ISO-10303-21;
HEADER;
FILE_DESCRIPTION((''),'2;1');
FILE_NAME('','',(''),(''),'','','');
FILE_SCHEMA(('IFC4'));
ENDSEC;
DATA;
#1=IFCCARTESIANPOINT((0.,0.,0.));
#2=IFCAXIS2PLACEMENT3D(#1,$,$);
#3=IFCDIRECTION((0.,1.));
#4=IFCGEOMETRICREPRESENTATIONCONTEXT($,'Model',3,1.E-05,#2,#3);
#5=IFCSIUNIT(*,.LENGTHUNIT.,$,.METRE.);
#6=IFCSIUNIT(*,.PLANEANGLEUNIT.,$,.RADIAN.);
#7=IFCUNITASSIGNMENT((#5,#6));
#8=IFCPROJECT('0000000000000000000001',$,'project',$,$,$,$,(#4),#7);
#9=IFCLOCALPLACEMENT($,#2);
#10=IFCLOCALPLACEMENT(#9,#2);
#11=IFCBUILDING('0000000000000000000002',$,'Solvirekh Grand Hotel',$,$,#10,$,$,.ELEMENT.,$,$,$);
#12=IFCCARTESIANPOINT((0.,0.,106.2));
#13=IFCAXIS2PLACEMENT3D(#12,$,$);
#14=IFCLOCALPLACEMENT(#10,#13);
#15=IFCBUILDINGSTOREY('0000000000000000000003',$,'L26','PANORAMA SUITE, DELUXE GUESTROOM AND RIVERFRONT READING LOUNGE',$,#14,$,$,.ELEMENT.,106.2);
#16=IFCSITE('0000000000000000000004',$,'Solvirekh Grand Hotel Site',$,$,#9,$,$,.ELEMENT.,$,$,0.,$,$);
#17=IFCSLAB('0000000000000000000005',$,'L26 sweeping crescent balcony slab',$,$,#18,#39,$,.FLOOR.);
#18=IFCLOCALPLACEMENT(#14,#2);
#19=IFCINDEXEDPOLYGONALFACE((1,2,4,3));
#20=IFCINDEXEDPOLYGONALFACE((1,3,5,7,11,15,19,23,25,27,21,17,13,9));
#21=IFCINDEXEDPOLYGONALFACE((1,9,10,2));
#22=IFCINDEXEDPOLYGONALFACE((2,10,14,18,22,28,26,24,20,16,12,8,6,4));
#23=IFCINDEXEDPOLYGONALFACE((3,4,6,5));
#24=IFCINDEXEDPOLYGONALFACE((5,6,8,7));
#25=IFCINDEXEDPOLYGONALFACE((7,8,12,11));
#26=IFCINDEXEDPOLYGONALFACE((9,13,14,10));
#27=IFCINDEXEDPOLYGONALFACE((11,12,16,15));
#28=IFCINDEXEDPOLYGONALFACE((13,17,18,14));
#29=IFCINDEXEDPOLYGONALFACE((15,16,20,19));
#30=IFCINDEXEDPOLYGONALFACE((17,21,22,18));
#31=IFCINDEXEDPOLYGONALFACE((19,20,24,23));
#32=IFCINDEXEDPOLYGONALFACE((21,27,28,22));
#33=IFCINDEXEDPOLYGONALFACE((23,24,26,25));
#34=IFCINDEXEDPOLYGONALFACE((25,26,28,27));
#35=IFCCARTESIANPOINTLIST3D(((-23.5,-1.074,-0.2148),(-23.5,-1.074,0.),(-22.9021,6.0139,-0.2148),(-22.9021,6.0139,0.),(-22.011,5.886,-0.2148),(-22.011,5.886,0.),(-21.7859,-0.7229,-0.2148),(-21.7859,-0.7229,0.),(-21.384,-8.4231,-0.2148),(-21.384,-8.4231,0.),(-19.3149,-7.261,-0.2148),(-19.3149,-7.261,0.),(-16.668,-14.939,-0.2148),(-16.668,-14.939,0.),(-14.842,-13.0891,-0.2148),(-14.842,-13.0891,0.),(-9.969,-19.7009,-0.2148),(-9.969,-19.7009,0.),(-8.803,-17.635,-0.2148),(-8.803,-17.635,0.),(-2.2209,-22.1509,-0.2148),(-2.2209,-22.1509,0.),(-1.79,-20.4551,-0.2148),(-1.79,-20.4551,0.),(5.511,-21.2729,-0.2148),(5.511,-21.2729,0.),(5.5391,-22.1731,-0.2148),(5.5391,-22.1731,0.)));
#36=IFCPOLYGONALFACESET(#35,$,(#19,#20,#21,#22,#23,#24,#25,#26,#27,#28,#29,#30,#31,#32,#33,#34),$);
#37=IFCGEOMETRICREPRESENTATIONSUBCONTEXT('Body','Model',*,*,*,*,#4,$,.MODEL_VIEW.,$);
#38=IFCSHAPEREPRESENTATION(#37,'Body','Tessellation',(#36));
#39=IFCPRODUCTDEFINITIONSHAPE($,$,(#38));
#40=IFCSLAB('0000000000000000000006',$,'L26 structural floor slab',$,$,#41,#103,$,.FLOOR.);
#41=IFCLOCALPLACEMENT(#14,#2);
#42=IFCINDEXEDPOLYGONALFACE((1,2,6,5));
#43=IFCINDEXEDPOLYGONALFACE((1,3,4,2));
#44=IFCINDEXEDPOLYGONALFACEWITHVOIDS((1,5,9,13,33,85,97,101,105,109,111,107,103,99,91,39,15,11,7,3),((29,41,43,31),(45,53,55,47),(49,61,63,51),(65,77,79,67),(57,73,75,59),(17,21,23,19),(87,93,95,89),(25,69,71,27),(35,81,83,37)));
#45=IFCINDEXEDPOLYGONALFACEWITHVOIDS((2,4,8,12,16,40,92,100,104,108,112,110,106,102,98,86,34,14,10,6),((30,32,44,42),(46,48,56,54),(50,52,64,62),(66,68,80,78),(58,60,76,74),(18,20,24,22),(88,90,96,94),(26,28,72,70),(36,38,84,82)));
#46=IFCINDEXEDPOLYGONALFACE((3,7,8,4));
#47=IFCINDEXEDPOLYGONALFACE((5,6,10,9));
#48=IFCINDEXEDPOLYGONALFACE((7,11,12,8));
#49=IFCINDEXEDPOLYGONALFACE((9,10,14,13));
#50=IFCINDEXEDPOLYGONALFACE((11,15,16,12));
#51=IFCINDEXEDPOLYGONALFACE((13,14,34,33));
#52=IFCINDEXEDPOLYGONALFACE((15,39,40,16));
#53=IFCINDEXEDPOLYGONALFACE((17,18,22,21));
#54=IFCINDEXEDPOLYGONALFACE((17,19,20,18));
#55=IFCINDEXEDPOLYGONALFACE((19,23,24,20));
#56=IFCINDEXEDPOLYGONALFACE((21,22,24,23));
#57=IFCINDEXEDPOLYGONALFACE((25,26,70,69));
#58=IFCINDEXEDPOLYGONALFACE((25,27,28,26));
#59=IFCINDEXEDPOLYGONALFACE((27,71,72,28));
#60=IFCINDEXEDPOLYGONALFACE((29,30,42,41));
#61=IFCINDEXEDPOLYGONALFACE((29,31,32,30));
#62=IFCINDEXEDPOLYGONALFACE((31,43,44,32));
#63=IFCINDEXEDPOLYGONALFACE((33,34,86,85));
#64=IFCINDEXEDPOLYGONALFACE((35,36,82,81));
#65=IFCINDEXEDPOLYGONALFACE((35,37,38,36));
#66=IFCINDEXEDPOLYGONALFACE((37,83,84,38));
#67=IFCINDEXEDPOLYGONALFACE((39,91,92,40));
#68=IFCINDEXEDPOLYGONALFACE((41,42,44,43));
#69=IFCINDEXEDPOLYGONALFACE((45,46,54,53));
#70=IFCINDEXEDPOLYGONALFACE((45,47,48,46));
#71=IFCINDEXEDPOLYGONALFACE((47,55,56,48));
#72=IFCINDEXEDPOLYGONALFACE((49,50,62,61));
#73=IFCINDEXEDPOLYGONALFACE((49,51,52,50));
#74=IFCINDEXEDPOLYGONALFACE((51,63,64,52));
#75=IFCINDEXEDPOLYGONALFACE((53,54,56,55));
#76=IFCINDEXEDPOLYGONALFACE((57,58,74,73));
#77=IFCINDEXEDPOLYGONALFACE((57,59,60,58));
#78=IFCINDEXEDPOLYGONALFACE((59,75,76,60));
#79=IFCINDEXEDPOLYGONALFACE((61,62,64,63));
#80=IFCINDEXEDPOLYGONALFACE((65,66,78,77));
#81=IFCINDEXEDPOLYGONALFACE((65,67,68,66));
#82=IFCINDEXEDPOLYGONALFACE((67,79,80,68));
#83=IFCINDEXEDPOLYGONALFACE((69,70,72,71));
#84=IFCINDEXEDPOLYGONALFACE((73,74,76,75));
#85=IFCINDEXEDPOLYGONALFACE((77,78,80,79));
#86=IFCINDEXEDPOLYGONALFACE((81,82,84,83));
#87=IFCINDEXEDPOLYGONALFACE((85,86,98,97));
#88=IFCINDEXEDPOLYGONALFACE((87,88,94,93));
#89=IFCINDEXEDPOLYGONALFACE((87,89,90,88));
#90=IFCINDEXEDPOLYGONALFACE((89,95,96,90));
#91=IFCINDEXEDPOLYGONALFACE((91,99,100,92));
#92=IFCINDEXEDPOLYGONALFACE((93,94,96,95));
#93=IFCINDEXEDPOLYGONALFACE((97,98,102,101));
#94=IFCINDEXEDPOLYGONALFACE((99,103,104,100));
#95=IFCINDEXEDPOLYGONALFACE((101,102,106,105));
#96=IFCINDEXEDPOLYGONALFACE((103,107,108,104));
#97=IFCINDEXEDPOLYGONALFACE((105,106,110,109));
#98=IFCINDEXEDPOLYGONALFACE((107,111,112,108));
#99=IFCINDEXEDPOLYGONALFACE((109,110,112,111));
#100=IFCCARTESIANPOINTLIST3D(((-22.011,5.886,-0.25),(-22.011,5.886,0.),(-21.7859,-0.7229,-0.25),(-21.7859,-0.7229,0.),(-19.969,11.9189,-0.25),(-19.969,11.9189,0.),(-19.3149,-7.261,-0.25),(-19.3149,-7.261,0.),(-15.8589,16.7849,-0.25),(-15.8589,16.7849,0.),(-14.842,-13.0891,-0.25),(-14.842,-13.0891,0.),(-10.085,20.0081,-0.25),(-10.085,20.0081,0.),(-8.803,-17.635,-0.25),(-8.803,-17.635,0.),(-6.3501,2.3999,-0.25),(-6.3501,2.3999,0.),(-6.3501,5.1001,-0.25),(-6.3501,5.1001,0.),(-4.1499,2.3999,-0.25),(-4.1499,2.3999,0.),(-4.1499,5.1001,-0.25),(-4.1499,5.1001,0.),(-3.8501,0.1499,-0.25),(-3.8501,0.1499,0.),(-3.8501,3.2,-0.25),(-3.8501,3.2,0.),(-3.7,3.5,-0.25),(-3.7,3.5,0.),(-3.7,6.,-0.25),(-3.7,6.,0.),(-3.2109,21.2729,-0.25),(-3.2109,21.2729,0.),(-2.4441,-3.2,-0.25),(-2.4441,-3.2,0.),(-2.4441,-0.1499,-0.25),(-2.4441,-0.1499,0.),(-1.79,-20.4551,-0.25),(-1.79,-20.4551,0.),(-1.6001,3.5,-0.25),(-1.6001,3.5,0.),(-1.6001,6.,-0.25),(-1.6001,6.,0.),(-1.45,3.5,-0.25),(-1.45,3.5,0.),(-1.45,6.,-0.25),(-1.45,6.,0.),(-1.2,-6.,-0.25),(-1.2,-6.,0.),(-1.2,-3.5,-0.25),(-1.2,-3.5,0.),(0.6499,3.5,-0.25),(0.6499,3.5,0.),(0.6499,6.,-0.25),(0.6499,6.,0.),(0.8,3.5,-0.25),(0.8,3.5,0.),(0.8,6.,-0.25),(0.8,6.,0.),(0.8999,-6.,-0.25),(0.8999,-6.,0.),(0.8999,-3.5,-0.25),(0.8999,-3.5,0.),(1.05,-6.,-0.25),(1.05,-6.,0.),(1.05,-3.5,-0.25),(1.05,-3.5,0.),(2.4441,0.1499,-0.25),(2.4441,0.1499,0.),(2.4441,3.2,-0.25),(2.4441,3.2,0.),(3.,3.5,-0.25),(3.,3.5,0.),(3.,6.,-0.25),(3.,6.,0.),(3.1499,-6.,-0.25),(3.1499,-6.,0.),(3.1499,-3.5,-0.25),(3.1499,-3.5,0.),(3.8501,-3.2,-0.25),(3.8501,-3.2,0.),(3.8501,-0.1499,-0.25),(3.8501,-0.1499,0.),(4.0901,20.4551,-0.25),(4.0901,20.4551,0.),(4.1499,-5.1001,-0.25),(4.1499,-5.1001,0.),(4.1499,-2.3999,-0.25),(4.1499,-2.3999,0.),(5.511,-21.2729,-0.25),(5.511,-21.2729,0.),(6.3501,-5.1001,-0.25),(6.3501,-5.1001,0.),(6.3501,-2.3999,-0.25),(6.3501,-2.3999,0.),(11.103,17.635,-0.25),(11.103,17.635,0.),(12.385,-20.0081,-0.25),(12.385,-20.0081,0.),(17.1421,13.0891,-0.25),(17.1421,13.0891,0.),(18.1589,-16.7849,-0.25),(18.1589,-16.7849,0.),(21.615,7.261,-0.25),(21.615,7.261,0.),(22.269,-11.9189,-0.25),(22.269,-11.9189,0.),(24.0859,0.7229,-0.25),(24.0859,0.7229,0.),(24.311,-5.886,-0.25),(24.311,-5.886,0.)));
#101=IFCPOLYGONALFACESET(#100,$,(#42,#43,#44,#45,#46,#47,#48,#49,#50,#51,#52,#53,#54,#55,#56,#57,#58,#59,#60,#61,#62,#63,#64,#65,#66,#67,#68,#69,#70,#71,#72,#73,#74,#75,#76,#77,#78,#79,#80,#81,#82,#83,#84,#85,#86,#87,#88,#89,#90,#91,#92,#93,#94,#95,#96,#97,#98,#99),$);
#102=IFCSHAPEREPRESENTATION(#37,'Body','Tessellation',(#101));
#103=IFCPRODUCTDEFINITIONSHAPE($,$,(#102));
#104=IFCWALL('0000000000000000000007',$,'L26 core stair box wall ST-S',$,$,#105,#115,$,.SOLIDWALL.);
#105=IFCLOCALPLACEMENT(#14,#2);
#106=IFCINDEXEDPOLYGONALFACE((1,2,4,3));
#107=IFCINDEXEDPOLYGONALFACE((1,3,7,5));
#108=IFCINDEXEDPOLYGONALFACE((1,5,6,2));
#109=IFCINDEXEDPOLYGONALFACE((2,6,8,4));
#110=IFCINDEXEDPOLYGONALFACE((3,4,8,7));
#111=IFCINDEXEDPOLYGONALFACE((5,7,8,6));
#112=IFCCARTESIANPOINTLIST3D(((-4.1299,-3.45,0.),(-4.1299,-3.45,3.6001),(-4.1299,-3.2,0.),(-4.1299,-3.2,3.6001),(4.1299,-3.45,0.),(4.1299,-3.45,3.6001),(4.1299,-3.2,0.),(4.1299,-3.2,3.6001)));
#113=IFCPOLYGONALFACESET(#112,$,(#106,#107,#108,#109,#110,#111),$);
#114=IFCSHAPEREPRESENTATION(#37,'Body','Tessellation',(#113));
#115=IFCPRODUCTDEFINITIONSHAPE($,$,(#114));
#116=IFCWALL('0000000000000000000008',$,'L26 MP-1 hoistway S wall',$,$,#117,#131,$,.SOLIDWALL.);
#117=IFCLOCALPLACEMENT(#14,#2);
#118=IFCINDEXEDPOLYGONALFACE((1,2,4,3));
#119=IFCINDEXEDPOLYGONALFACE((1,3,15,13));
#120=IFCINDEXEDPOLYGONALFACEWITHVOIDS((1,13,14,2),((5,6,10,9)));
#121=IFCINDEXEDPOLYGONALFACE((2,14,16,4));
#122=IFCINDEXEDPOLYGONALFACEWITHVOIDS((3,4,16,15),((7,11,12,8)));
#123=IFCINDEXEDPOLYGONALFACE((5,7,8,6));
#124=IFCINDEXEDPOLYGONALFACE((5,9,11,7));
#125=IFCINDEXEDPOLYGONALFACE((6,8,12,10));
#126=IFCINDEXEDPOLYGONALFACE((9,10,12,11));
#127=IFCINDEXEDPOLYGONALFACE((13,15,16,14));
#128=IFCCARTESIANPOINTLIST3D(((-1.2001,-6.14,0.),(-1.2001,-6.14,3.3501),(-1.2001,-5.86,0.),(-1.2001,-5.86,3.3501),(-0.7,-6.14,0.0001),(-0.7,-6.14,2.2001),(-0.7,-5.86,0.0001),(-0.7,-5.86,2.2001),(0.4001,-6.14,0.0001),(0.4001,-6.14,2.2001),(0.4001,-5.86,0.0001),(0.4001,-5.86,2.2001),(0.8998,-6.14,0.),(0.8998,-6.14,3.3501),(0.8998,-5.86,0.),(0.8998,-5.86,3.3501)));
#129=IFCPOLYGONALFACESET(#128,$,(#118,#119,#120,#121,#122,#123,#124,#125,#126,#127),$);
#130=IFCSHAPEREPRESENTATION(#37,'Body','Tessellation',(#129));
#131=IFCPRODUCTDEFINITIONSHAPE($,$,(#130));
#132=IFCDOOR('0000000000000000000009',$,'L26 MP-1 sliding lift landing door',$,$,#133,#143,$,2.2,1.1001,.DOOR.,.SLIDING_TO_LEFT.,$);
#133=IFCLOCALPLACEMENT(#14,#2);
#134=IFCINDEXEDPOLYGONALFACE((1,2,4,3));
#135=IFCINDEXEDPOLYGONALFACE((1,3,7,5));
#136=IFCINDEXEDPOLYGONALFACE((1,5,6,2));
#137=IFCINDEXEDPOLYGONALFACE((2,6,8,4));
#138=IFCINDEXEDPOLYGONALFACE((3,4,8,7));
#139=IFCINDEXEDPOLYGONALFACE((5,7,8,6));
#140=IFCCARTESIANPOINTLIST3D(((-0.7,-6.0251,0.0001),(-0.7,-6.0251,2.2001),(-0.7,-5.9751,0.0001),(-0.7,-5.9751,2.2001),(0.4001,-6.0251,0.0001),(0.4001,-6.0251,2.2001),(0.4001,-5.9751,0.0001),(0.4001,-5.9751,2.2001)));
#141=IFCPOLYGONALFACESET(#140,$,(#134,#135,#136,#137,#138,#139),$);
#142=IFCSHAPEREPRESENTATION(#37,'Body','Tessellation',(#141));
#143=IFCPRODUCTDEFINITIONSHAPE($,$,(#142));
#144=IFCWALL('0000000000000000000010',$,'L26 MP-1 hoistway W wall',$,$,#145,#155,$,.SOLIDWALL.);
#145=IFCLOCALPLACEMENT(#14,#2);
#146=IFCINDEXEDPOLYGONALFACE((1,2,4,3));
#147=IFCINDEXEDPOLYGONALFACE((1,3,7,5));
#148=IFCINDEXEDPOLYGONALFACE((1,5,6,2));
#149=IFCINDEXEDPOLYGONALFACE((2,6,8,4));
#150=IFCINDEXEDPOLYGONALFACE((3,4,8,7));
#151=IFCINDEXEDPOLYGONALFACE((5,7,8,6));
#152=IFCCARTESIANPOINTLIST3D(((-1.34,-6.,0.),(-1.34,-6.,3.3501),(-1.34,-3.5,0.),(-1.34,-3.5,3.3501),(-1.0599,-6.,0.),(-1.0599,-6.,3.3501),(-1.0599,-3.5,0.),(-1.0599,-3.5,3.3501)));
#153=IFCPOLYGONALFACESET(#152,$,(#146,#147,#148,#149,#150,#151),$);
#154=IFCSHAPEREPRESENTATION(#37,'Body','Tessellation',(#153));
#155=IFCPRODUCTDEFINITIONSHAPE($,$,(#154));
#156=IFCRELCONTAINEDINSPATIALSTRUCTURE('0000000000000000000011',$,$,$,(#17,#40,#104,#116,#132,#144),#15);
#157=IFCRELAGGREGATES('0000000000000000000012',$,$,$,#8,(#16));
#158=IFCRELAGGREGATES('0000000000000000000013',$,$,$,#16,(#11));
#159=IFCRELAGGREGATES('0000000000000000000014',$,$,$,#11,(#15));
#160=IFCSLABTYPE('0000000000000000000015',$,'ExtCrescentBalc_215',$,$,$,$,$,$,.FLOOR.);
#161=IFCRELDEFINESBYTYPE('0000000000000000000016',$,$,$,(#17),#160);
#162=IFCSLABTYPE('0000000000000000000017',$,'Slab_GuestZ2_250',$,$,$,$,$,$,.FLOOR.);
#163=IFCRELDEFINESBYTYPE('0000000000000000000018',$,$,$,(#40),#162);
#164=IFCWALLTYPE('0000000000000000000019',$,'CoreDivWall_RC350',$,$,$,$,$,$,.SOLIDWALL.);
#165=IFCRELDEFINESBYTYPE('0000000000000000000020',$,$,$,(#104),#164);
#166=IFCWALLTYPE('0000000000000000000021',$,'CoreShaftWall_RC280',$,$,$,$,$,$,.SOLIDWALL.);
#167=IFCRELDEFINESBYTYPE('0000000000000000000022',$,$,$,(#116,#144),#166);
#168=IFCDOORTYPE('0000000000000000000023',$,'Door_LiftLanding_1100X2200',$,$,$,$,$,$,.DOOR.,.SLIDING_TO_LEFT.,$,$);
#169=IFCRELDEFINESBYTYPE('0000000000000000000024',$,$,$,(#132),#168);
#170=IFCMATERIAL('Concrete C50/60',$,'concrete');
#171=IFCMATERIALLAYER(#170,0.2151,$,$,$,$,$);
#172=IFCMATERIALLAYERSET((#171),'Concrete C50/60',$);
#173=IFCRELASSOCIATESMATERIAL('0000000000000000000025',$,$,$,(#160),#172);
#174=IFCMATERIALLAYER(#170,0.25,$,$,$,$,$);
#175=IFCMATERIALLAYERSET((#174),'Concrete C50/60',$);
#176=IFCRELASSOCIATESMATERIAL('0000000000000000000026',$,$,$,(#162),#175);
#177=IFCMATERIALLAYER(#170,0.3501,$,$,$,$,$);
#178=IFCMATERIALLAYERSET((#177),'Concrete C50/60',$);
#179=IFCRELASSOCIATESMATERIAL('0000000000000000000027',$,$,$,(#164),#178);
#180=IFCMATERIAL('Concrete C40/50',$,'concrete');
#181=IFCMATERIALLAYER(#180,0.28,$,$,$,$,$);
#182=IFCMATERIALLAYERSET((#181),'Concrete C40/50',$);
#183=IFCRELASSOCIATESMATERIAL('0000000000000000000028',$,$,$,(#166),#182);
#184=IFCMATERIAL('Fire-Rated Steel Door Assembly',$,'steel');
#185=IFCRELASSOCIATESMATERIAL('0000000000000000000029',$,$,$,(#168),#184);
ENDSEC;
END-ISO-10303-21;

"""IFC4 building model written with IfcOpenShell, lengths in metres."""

from ifc_helpers import new_model, si_unit, direction, frame, frame_2d, origin, place, context, subcontext, project, spatial, polyline, rectangle, outline, extrude, material, layer, layer_set, type_object, element, fill, save


model = new_model("IFC4")

# Units and contexts
model_context = context("Model", 3, precision=1e-05, world=origin(), true_north=direction((0.0, 1.0)))
body_context = subcontext(model_context, "Body", "Model", "MODEL_VIEW")
ifc_project = project(units=[si_unit("LENGTHUNIT", "METRE"), si_unit("PLANEANGLEUNIT", "RADIAN")], contexts=[model_context])

# Site, building, storey
site_placement = place(None, origin())
site = spatial("IfcSite", under=ifc_project, at=site_placement, Name="Solvirekh Grand Hotel Site", CompositionType="ELEMENT", RefElevation=0.0)
building_placement = place(site_placement, origin())
building = spatial("IfcBuilding", under=site, at=building_placement, Name="Solvirekh Grand Hotel", CompositionType="ELEMENT")
storey_placement = place(building_placement, frame((0.0, 0.0, 106.2)))
storey = spatial("IfcBuildingStorey", under=building, at=storey_placement, Name="L26", Description="PANORAMA SUITE, DELUXE GUESTROOM AND RIVERFRONT READING LOUNGE", CompositionType="ELEMENT", Elevation=106.2)

# Slabs
ifc_material_1 = material(Name="Concrete C50/60", Category="concrete")
ifc_layer_1 = layer(ifc_material_1, 0.2151)
ifc_layer_set_1 = layer_set([ifc_layer_1], Name="Concrete C50/60")
slab_type_1 = type_object("IfcSlabType", Name="ExtCrescentBalc_215", PredefinedType="FLOOR", material=ifc_layer_set_1)
slab_1_placement = place(storey_placement, frame((0.0, 0.0, -0.2148)))
element("IfcSlab", 1, at=slab_1_placement, inside=storey, type_object=slab_type_1, Name="L26 sweeping crescent balcony slab", PredefinedType="FLOOR", context=body_context, shape_type="SweptSolid", body=[
    extrude(outline(polyline([(-22.9021, 6.0139), (-23.5, -1.074), (-21.384, -8.4231), (-16.668, -14.939), (-9.969, -19.7009), (-2.2209, -22.1509), (5.5391, -22.1731), (5.511, -21.2729), (-1.79, -20.4551), (-8.803, -17.635), (-14.842, -13.0891), (-19.3149, -7.261), (-21.7859, -0.7229), (-22.011, 5.886), (-22.9021, 6.0139)])), origin(), (0.0, 0.0, 1.0), 0.2148),
])
ifc_layer_2 = layer(ifc_material_1, 0.25)
ifc_layer_set_2 = layer_set([ifc_layer_2], Name="Concrete C50/60")
slab_type_2 = type_object("IfcSlabType", Name="Slab_GuestZ2_250", PredefinedType="FLOOR", material=ifc_layer_set_2)
slab_2_placement = place(storey_placement, frame((0.0, 0.0, -0.25)))
element("IfcSlab", 2, at=slab_2_placement, inside=storey, type_object=slab_type_2, Name="L26 structural floor slab", PredefinedType="FLOOR", context=body_context, shape_type="SweptSolid", body=[
    extrude(outline(polyline([(22.269, -11.9189), (24.311, -5.886), (24.0859, 0.7229), (21.615, 7.261), (17.1421, 13.0891), (11.103, 17.635), (4.0901, 20.4551), (-3.2109, 21.2729), (-10.085, 20.0081), (-15.8589, 16.7849), (-19.969, 11.9189), (-22.011, 5.886), (-21.7859, -0.7229), (-19.3149, -7.261), (-14.842, -13.0891), (-8.803, -17.635), (-1.79, -20.4551), (5.511, -21.2729), (12.385, -20.0081), (18.1589, -16.7849), (22.269, -11.9189)]), holes=[polyline([(-2.4441, -0.1499), (3.8501, -0.1499), (3.8501, -3.2), (-2.4441, -3.2), (-2.4441, -0.1499)]), polyline([(2.4441, 0.1499), (-3.8501, 0.1499), (-3.8501, 3.2), (2.4441, 3.2), (2.4441, 0.1499)]), polyline([(-1.2, -3.5), (0.8999, -3.5), (0.8999, -6.0), (-1.2, -6.0), (-1.2, -3.5)]), polyline([(1.05, -3.5), (3.1499, -3.5), (3.1499, -6.0), (1.05, -6.0), (1.05, -3.5)]), polyline([(-3.7, 6.0), (-1.6001, 6.0), (-1.6001, 3.5), (-3.7, 3.5), (-3.7, 6.0)]), polyline([(-1.45, 6.0), (0.6499, 6.0), (0.6499, 3.5), (-1.45, 3.5), (-1.45, 6.0)]), polyline([(0.8, 6.0), (3.0, 6.0), (3.0, 3.5), (0.8, 3.5), (0.8, 6.0)]), polyline([(-6.3501, 5.1001), (-4.1499, 5.1001), (-4.1499, 2.3999), (-6.3501, 2.3999), (-6.3501, 5.1001)]), polyline([(4.1499, -2.3999), (6.3501, -2.3999), (6.3501, -5.1001), (4.1499, -5.1001), (4.1499, -2.3999)])]), origin(), (0.0, 0.0, 1.0), 0.25),
])

# Wall
ifc_layer_3 = layer(ifc_material_1, 0.3501)
ifc_layer_set_3 = layer_set([ifc_layer_3], Name="Concrete C50/60")
wall_type_1 = type_object("IfcWallType", Name="CoreDivWall_RC350", PredefinedType="SOLIDWALL", material=ifc_layer_set_3)
wall_1_placement = place(storey_placement, frame((-4.1299, -3.325, 0.0), z_axis=(0.0, 0.0, 1.0), x_axis=(1.0, 0.0, 0.0)))
element("IfcWall", 3, at=wall_1_placement, inside=storey, type_object=wall_type_1, Name="L26 core stair box wall ST-S", PredefinedType="SOLIDWALL", context=body_context, shape_type="SweptSolid", body=[
    extrude(rectangle(XDim=8.2598, YDim=0.25, at=frame_2d((4.1299, 0.0))), origin(), (0.0, 0.0, 1.0), 3.6001),
])

# Wall, opening, door
ifc_material_2 = material(Name="Concrete C40/50", Category="concrete")
ifc_layer_4 = layer(ifc_material_2, 0.28)
ifc_layer_set_4 = layer_set([ifc_layer_4], Name="Concrete C40/50")
wall_type_2 = type_object("IfcWallType", Name="CoreShaftWall_RC280", PredefinedType="SOLIDWALL", material=ifc_layer_set_4)
wall_2_placement = place(storey_placement, frame((-1.2, -6.0, 0.0), z_axis=(0.0, 0.0, 1.0), x_axis=(1.0, 0.0, 0.0)))
wall_2 = element("IfcWall", 4, at=wall_2_placement, inside=storey, type_object=wall_type_2, Name="L26 MP-1 hoistway S wall", PredefinedType="SOLIDWALL", context=body_context, shape_type="SweptSolid", body=[
    extrude(rectangle(XDim=2.0999, YDim=0.28, at=frame_2d((1.0498, 0.0))), origin(), (0.0, 0.0, 1.0), 3.3501),
])
opening_1_placement = place(wall_2_placement, frame((0.5, 0.0, 0.0)))
opening_1 = element("IfcOpeningElement", 5, at=opening_1_placement, cuts=wall_2, PredefinedType="OPENING", context=body_context, shape_type="SweptSolid", body=[
    extrude(rectangle(XDim=1.1001, YDim=2.2, at=frame_2d((0.55, 1.1001))), frame((0.0, 0.1499, 0.0), z_axis=(0.0, -1.0, 0.0), x_axis=(1.0, 0.0, 0.0)), (0.0, 0.0, 1.0), 0.3),
])
ifc_material_3 = material(Name="Fire-Rated Steel Door Assembly", Category="steel")
door_type_1 = type_object("IfcDoorType", Name="Door_LiftLanding_1100X2200", OperationType="SLIDING_TO_LEFT", PredefinedType="DOOR", material=ifc_material_3)
door_1_placement = place(opening_1_placement, origin())
door_1 = element("IfcDoor", 6, at=door_1_placement, inside=storey, type_object=door_type_1, Name="L26 MP-1 sliding lift landing door", OperationType="SLIDING_TO_LEFT", OverallHeight=2.2, OverallWidth=1.1001, PredefinedType="DOOR", context=body_context, shape_type="SweptSolid", body=[
    extrude(rectangle(XDim=1.1001, YDim=2.2, at=frame_2d((0.55, 1.1001))), frame((0.0, 0.0249, 0.0), z_axis=(0.0, -1.0, 0.0), x_axis=(1.0, 0.0, 0.0)), (0.0, 0.0, 1.0), 0.05),
])
fill(opening_1, door_1)

# Wall
wall_3_placement = place(storey_placement, frame((-1.2, -3.5, 0.0), z_axis=(0.0, 0.0, 1.0), x_axis=(0.0, -1.0, 0.0)))
element("IfcWall", 7, at=wall_3_placement, inside=storey, type_object=wall_type_2, Name="L26 MP-1 hoistway W wall", PredefinedType="SOLIDWALL", context=body_context, shape_type="SweptSolid", body=[
    extrude(rectangle(XDim=2.5, YDim=0.28, at=frame_2d((1.25, 0.0))), origin(), (0.0, 0.0, 1.0), 3.3501),
])

save(model, "model.ifc")
